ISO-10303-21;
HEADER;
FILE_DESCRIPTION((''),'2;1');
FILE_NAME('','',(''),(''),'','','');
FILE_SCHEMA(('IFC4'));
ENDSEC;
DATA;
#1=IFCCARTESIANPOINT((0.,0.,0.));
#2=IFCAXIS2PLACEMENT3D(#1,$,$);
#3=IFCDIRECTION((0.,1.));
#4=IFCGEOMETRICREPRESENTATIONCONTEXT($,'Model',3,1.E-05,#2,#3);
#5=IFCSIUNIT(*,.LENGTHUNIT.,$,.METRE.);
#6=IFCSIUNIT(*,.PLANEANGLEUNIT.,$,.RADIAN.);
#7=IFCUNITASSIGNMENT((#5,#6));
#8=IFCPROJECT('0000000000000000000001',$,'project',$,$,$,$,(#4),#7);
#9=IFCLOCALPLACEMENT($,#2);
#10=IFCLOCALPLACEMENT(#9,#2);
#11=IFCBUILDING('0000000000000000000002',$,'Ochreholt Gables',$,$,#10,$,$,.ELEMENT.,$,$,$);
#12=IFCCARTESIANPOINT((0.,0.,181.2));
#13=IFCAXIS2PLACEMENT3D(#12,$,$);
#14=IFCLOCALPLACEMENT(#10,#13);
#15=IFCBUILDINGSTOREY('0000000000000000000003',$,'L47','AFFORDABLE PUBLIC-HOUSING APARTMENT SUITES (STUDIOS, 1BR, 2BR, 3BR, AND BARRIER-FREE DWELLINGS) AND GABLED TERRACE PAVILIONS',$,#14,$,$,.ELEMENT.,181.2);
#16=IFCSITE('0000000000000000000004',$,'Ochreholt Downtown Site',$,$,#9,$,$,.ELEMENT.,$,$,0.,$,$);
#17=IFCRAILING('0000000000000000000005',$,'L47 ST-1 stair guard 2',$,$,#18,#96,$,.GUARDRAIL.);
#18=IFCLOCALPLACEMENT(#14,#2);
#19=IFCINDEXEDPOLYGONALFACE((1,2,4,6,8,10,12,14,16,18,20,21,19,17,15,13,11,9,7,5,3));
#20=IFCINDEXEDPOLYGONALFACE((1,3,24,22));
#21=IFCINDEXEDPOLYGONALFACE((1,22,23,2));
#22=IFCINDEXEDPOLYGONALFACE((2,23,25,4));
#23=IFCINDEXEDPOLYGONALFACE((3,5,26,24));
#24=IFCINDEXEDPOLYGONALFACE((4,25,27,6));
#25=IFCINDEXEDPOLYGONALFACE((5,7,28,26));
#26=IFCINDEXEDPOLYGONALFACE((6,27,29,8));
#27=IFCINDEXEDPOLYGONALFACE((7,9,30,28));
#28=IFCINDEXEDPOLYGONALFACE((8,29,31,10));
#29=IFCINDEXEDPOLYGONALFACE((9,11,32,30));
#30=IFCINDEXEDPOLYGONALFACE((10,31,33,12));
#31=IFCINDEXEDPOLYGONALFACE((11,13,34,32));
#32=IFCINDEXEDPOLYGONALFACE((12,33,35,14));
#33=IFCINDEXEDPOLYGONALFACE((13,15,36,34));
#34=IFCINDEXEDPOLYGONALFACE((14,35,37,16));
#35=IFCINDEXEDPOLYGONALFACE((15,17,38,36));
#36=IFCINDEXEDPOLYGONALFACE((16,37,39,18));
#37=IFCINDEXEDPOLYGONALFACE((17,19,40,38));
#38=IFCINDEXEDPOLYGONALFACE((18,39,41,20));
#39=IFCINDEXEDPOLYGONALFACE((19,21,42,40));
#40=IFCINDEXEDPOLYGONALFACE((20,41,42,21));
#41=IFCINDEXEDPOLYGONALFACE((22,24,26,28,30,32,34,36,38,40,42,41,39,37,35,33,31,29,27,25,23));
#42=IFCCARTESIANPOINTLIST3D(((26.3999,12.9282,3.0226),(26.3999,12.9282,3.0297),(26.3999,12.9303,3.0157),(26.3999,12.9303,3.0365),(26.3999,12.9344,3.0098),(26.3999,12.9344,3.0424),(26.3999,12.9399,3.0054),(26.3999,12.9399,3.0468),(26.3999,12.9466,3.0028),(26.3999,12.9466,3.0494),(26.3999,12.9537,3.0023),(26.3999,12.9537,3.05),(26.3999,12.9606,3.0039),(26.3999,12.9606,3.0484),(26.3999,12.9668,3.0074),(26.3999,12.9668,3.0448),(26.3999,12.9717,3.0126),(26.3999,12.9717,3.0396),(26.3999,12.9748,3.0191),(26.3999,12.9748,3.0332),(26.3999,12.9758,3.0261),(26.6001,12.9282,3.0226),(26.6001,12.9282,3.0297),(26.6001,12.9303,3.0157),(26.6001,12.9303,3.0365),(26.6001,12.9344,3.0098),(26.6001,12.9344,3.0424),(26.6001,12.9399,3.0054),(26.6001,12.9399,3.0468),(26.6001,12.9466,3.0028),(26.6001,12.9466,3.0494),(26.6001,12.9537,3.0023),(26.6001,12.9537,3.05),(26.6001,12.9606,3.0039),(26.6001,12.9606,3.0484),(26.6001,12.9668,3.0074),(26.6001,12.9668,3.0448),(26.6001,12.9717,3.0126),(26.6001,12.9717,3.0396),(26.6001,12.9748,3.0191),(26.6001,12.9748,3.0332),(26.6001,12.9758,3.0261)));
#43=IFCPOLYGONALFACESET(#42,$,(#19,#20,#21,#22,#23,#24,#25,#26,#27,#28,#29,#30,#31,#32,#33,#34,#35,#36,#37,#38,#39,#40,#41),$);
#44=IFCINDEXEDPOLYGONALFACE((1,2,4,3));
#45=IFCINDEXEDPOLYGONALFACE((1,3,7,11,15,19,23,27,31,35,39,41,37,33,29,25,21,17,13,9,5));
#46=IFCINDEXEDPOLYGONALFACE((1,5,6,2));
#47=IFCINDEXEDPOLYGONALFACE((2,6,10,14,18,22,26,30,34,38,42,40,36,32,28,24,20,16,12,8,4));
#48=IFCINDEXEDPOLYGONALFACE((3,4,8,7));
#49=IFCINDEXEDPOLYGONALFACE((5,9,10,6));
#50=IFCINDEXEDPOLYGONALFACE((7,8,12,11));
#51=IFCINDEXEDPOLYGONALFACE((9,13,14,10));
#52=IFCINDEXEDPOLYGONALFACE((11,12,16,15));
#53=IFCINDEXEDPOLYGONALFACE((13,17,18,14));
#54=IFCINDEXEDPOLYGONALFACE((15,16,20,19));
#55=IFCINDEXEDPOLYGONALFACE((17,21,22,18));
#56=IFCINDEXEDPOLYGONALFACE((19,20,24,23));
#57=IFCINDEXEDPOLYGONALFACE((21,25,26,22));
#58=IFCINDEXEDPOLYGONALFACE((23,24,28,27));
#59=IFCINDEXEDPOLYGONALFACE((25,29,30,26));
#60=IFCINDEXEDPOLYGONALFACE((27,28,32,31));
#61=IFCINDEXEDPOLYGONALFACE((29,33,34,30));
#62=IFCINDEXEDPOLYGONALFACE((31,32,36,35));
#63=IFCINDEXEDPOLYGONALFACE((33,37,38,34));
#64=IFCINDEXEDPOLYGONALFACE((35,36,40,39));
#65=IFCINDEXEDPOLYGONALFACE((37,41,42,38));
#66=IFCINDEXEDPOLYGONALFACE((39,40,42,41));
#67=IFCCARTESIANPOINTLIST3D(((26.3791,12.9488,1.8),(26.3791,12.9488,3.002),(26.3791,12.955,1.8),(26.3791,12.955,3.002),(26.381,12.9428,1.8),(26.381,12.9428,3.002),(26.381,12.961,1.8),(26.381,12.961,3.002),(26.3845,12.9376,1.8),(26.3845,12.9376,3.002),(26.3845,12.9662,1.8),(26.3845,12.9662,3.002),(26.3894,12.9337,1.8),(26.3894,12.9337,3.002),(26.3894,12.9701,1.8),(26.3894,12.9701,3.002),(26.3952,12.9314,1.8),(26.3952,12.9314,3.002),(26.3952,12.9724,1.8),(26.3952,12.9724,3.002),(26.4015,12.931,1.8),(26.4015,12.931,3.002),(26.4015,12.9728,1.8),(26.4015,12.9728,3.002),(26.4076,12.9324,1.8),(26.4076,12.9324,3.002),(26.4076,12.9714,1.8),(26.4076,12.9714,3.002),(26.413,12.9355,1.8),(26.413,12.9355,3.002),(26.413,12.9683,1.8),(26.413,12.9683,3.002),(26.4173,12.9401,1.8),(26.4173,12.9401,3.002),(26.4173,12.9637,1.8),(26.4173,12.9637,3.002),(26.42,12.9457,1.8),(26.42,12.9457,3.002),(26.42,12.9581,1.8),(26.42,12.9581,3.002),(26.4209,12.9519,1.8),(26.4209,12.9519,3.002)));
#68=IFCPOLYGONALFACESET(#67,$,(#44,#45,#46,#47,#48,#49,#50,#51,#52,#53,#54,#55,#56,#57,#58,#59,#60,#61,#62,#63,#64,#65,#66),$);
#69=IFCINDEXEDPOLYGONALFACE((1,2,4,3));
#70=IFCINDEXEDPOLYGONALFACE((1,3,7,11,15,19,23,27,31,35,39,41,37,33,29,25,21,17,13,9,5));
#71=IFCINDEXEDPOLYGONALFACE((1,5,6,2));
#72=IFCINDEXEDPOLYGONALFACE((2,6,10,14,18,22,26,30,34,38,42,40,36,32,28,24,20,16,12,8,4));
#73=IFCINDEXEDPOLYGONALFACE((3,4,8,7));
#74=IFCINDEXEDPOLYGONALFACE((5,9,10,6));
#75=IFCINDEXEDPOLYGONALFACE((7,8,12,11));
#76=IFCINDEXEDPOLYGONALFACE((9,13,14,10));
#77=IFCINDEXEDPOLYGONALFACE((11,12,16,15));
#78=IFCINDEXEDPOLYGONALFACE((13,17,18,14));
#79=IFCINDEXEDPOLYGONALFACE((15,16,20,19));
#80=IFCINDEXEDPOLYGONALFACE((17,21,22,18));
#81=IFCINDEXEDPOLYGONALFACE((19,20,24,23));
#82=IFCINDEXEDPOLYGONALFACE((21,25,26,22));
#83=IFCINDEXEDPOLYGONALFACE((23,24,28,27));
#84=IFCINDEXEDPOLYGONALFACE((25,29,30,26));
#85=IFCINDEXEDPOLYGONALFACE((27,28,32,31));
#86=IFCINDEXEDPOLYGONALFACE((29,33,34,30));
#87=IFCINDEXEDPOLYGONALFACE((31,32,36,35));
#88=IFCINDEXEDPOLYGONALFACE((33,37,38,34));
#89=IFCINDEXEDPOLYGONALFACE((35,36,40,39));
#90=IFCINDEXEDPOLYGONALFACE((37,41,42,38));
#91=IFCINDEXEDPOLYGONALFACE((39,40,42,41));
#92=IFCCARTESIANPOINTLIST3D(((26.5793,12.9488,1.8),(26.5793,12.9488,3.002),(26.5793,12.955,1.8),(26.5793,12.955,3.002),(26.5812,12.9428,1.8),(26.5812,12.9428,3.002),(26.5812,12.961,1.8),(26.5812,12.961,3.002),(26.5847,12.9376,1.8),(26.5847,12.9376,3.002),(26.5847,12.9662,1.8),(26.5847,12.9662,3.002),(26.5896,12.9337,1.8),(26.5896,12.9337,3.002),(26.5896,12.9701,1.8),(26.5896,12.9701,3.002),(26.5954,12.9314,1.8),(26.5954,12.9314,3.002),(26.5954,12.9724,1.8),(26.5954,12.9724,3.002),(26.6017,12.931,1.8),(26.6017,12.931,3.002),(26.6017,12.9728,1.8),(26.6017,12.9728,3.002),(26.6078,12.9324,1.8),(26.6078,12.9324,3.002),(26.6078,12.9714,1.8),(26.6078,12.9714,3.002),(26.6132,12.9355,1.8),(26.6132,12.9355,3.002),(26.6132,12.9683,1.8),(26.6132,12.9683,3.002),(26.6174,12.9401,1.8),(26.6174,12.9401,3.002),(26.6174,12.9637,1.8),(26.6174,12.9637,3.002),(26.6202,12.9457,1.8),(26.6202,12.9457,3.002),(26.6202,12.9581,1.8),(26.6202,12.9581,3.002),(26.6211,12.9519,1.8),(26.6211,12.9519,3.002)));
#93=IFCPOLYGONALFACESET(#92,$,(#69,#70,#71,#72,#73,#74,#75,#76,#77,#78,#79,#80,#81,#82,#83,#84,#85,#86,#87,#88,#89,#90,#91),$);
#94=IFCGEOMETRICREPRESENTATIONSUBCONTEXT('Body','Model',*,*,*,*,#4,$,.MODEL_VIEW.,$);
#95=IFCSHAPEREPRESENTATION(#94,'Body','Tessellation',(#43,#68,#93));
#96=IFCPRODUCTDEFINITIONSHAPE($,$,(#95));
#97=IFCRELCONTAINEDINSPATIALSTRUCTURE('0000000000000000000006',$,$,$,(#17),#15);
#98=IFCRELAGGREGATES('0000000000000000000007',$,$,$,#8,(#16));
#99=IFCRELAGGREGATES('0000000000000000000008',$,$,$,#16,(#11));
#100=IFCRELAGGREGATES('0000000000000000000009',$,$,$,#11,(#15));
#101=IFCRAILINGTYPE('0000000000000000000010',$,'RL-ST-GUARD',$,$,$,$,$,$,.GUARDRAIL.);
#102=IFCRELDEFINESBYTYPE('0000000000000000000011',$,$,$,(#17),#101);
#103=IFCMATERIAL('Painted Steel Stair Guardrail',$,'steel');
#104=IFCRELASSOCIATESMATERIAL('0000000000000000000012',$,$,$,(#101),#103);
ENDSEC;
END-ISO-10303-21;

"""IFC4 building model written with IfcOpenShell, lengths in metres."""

from ifc_helpers import new_model, si_unit, direction, frame, origin, origin_2d, place, context, subcontext, project, spatial, circle, extrude, material, type_object, element, save


model = new_model("IFC4")

# Units and contexts
model_context = context("Model", 3, precision=1e-05, world=origin(), true_north=direction((0.0, 1.0)))
body_context = subcontext(model_context, "Body", "Model", "MODEL_VIEW")
ifc_project = project(units=[si_unit("LENGTHUNIT", "METRE"), si_unit("PLANEANGLEUNIT", "RADIAN")], contexts=[model_context])

# Site, building, storey
site_placement = place(None, origin())
site = spatial("IfcSite", under=ifc_project, at=site_placement, Name="Ochreholt Downtown Site", CompositionType="ELEMENT", RefElevation=0.0)
building_placement = place(site_placement, origin())
building = spatial("IfcBuilding", under=site, at=building_placement, Name="Ochreholt Gables", CompositionType="ELEMENT")
storey_placement = place(building_placement, frame((0.0, 0.0, 181.2)))
storey = spatial("IfcBuildingStorey", under=building, at=storey_placement, Name="L47", Description="AFFORDABLE PUBLIC-HOUSING APARTMENT SUITES (STUDIOS, 1BR, 2BR, 3BR, AND BARRIER-FREE DWELLINGS) AND GABLED TERRACE PAVILIONS", CompositionType="ELEMENT", Elevation=181.2)

# Railing
ifc_material_1 = material(Name="Painted Steel Stair Guardrail", Category="steel")
railing_type_1 = type_object("IfcRailingType", Name="RL-ST-GUARD", PredefinedType="GUARDRAIL", material=ifc_material_1)
railing_1_placement = place(storey_placement, frame((26.3999, 12.9519, 1.8)))
element("IfcRailing", 1, at=railing_1_placement, inside=storey, type_object=railing_type_1, Name="L47 ST-1 stair guard 2", PredefinedType="GUARDRAIL", context=body_context, shape_type="SweptSolid", body=[
    extrude(circle(Radius=0.0239, at=origin_2d()), frame((0.0, 0.0, 1.2261), z_axis=(1.0, 0.0, 0.0), x_axis=(0.0, 1.0, 0.0)), (0.0, 0.0, 1.0), 0.2002),
    extrude(circle(Radius=0.021, at=origin_2d()), origin(), (0.0, 0.0, 1.0), 1.2019),
    extrude(circle(Radius=0.021, at=origin_2d()), frame((0.2002, 0.0, 0.0)), (0.0, 0.0, 1.0), 1.2019),
])

save(model, "model.ifc")
